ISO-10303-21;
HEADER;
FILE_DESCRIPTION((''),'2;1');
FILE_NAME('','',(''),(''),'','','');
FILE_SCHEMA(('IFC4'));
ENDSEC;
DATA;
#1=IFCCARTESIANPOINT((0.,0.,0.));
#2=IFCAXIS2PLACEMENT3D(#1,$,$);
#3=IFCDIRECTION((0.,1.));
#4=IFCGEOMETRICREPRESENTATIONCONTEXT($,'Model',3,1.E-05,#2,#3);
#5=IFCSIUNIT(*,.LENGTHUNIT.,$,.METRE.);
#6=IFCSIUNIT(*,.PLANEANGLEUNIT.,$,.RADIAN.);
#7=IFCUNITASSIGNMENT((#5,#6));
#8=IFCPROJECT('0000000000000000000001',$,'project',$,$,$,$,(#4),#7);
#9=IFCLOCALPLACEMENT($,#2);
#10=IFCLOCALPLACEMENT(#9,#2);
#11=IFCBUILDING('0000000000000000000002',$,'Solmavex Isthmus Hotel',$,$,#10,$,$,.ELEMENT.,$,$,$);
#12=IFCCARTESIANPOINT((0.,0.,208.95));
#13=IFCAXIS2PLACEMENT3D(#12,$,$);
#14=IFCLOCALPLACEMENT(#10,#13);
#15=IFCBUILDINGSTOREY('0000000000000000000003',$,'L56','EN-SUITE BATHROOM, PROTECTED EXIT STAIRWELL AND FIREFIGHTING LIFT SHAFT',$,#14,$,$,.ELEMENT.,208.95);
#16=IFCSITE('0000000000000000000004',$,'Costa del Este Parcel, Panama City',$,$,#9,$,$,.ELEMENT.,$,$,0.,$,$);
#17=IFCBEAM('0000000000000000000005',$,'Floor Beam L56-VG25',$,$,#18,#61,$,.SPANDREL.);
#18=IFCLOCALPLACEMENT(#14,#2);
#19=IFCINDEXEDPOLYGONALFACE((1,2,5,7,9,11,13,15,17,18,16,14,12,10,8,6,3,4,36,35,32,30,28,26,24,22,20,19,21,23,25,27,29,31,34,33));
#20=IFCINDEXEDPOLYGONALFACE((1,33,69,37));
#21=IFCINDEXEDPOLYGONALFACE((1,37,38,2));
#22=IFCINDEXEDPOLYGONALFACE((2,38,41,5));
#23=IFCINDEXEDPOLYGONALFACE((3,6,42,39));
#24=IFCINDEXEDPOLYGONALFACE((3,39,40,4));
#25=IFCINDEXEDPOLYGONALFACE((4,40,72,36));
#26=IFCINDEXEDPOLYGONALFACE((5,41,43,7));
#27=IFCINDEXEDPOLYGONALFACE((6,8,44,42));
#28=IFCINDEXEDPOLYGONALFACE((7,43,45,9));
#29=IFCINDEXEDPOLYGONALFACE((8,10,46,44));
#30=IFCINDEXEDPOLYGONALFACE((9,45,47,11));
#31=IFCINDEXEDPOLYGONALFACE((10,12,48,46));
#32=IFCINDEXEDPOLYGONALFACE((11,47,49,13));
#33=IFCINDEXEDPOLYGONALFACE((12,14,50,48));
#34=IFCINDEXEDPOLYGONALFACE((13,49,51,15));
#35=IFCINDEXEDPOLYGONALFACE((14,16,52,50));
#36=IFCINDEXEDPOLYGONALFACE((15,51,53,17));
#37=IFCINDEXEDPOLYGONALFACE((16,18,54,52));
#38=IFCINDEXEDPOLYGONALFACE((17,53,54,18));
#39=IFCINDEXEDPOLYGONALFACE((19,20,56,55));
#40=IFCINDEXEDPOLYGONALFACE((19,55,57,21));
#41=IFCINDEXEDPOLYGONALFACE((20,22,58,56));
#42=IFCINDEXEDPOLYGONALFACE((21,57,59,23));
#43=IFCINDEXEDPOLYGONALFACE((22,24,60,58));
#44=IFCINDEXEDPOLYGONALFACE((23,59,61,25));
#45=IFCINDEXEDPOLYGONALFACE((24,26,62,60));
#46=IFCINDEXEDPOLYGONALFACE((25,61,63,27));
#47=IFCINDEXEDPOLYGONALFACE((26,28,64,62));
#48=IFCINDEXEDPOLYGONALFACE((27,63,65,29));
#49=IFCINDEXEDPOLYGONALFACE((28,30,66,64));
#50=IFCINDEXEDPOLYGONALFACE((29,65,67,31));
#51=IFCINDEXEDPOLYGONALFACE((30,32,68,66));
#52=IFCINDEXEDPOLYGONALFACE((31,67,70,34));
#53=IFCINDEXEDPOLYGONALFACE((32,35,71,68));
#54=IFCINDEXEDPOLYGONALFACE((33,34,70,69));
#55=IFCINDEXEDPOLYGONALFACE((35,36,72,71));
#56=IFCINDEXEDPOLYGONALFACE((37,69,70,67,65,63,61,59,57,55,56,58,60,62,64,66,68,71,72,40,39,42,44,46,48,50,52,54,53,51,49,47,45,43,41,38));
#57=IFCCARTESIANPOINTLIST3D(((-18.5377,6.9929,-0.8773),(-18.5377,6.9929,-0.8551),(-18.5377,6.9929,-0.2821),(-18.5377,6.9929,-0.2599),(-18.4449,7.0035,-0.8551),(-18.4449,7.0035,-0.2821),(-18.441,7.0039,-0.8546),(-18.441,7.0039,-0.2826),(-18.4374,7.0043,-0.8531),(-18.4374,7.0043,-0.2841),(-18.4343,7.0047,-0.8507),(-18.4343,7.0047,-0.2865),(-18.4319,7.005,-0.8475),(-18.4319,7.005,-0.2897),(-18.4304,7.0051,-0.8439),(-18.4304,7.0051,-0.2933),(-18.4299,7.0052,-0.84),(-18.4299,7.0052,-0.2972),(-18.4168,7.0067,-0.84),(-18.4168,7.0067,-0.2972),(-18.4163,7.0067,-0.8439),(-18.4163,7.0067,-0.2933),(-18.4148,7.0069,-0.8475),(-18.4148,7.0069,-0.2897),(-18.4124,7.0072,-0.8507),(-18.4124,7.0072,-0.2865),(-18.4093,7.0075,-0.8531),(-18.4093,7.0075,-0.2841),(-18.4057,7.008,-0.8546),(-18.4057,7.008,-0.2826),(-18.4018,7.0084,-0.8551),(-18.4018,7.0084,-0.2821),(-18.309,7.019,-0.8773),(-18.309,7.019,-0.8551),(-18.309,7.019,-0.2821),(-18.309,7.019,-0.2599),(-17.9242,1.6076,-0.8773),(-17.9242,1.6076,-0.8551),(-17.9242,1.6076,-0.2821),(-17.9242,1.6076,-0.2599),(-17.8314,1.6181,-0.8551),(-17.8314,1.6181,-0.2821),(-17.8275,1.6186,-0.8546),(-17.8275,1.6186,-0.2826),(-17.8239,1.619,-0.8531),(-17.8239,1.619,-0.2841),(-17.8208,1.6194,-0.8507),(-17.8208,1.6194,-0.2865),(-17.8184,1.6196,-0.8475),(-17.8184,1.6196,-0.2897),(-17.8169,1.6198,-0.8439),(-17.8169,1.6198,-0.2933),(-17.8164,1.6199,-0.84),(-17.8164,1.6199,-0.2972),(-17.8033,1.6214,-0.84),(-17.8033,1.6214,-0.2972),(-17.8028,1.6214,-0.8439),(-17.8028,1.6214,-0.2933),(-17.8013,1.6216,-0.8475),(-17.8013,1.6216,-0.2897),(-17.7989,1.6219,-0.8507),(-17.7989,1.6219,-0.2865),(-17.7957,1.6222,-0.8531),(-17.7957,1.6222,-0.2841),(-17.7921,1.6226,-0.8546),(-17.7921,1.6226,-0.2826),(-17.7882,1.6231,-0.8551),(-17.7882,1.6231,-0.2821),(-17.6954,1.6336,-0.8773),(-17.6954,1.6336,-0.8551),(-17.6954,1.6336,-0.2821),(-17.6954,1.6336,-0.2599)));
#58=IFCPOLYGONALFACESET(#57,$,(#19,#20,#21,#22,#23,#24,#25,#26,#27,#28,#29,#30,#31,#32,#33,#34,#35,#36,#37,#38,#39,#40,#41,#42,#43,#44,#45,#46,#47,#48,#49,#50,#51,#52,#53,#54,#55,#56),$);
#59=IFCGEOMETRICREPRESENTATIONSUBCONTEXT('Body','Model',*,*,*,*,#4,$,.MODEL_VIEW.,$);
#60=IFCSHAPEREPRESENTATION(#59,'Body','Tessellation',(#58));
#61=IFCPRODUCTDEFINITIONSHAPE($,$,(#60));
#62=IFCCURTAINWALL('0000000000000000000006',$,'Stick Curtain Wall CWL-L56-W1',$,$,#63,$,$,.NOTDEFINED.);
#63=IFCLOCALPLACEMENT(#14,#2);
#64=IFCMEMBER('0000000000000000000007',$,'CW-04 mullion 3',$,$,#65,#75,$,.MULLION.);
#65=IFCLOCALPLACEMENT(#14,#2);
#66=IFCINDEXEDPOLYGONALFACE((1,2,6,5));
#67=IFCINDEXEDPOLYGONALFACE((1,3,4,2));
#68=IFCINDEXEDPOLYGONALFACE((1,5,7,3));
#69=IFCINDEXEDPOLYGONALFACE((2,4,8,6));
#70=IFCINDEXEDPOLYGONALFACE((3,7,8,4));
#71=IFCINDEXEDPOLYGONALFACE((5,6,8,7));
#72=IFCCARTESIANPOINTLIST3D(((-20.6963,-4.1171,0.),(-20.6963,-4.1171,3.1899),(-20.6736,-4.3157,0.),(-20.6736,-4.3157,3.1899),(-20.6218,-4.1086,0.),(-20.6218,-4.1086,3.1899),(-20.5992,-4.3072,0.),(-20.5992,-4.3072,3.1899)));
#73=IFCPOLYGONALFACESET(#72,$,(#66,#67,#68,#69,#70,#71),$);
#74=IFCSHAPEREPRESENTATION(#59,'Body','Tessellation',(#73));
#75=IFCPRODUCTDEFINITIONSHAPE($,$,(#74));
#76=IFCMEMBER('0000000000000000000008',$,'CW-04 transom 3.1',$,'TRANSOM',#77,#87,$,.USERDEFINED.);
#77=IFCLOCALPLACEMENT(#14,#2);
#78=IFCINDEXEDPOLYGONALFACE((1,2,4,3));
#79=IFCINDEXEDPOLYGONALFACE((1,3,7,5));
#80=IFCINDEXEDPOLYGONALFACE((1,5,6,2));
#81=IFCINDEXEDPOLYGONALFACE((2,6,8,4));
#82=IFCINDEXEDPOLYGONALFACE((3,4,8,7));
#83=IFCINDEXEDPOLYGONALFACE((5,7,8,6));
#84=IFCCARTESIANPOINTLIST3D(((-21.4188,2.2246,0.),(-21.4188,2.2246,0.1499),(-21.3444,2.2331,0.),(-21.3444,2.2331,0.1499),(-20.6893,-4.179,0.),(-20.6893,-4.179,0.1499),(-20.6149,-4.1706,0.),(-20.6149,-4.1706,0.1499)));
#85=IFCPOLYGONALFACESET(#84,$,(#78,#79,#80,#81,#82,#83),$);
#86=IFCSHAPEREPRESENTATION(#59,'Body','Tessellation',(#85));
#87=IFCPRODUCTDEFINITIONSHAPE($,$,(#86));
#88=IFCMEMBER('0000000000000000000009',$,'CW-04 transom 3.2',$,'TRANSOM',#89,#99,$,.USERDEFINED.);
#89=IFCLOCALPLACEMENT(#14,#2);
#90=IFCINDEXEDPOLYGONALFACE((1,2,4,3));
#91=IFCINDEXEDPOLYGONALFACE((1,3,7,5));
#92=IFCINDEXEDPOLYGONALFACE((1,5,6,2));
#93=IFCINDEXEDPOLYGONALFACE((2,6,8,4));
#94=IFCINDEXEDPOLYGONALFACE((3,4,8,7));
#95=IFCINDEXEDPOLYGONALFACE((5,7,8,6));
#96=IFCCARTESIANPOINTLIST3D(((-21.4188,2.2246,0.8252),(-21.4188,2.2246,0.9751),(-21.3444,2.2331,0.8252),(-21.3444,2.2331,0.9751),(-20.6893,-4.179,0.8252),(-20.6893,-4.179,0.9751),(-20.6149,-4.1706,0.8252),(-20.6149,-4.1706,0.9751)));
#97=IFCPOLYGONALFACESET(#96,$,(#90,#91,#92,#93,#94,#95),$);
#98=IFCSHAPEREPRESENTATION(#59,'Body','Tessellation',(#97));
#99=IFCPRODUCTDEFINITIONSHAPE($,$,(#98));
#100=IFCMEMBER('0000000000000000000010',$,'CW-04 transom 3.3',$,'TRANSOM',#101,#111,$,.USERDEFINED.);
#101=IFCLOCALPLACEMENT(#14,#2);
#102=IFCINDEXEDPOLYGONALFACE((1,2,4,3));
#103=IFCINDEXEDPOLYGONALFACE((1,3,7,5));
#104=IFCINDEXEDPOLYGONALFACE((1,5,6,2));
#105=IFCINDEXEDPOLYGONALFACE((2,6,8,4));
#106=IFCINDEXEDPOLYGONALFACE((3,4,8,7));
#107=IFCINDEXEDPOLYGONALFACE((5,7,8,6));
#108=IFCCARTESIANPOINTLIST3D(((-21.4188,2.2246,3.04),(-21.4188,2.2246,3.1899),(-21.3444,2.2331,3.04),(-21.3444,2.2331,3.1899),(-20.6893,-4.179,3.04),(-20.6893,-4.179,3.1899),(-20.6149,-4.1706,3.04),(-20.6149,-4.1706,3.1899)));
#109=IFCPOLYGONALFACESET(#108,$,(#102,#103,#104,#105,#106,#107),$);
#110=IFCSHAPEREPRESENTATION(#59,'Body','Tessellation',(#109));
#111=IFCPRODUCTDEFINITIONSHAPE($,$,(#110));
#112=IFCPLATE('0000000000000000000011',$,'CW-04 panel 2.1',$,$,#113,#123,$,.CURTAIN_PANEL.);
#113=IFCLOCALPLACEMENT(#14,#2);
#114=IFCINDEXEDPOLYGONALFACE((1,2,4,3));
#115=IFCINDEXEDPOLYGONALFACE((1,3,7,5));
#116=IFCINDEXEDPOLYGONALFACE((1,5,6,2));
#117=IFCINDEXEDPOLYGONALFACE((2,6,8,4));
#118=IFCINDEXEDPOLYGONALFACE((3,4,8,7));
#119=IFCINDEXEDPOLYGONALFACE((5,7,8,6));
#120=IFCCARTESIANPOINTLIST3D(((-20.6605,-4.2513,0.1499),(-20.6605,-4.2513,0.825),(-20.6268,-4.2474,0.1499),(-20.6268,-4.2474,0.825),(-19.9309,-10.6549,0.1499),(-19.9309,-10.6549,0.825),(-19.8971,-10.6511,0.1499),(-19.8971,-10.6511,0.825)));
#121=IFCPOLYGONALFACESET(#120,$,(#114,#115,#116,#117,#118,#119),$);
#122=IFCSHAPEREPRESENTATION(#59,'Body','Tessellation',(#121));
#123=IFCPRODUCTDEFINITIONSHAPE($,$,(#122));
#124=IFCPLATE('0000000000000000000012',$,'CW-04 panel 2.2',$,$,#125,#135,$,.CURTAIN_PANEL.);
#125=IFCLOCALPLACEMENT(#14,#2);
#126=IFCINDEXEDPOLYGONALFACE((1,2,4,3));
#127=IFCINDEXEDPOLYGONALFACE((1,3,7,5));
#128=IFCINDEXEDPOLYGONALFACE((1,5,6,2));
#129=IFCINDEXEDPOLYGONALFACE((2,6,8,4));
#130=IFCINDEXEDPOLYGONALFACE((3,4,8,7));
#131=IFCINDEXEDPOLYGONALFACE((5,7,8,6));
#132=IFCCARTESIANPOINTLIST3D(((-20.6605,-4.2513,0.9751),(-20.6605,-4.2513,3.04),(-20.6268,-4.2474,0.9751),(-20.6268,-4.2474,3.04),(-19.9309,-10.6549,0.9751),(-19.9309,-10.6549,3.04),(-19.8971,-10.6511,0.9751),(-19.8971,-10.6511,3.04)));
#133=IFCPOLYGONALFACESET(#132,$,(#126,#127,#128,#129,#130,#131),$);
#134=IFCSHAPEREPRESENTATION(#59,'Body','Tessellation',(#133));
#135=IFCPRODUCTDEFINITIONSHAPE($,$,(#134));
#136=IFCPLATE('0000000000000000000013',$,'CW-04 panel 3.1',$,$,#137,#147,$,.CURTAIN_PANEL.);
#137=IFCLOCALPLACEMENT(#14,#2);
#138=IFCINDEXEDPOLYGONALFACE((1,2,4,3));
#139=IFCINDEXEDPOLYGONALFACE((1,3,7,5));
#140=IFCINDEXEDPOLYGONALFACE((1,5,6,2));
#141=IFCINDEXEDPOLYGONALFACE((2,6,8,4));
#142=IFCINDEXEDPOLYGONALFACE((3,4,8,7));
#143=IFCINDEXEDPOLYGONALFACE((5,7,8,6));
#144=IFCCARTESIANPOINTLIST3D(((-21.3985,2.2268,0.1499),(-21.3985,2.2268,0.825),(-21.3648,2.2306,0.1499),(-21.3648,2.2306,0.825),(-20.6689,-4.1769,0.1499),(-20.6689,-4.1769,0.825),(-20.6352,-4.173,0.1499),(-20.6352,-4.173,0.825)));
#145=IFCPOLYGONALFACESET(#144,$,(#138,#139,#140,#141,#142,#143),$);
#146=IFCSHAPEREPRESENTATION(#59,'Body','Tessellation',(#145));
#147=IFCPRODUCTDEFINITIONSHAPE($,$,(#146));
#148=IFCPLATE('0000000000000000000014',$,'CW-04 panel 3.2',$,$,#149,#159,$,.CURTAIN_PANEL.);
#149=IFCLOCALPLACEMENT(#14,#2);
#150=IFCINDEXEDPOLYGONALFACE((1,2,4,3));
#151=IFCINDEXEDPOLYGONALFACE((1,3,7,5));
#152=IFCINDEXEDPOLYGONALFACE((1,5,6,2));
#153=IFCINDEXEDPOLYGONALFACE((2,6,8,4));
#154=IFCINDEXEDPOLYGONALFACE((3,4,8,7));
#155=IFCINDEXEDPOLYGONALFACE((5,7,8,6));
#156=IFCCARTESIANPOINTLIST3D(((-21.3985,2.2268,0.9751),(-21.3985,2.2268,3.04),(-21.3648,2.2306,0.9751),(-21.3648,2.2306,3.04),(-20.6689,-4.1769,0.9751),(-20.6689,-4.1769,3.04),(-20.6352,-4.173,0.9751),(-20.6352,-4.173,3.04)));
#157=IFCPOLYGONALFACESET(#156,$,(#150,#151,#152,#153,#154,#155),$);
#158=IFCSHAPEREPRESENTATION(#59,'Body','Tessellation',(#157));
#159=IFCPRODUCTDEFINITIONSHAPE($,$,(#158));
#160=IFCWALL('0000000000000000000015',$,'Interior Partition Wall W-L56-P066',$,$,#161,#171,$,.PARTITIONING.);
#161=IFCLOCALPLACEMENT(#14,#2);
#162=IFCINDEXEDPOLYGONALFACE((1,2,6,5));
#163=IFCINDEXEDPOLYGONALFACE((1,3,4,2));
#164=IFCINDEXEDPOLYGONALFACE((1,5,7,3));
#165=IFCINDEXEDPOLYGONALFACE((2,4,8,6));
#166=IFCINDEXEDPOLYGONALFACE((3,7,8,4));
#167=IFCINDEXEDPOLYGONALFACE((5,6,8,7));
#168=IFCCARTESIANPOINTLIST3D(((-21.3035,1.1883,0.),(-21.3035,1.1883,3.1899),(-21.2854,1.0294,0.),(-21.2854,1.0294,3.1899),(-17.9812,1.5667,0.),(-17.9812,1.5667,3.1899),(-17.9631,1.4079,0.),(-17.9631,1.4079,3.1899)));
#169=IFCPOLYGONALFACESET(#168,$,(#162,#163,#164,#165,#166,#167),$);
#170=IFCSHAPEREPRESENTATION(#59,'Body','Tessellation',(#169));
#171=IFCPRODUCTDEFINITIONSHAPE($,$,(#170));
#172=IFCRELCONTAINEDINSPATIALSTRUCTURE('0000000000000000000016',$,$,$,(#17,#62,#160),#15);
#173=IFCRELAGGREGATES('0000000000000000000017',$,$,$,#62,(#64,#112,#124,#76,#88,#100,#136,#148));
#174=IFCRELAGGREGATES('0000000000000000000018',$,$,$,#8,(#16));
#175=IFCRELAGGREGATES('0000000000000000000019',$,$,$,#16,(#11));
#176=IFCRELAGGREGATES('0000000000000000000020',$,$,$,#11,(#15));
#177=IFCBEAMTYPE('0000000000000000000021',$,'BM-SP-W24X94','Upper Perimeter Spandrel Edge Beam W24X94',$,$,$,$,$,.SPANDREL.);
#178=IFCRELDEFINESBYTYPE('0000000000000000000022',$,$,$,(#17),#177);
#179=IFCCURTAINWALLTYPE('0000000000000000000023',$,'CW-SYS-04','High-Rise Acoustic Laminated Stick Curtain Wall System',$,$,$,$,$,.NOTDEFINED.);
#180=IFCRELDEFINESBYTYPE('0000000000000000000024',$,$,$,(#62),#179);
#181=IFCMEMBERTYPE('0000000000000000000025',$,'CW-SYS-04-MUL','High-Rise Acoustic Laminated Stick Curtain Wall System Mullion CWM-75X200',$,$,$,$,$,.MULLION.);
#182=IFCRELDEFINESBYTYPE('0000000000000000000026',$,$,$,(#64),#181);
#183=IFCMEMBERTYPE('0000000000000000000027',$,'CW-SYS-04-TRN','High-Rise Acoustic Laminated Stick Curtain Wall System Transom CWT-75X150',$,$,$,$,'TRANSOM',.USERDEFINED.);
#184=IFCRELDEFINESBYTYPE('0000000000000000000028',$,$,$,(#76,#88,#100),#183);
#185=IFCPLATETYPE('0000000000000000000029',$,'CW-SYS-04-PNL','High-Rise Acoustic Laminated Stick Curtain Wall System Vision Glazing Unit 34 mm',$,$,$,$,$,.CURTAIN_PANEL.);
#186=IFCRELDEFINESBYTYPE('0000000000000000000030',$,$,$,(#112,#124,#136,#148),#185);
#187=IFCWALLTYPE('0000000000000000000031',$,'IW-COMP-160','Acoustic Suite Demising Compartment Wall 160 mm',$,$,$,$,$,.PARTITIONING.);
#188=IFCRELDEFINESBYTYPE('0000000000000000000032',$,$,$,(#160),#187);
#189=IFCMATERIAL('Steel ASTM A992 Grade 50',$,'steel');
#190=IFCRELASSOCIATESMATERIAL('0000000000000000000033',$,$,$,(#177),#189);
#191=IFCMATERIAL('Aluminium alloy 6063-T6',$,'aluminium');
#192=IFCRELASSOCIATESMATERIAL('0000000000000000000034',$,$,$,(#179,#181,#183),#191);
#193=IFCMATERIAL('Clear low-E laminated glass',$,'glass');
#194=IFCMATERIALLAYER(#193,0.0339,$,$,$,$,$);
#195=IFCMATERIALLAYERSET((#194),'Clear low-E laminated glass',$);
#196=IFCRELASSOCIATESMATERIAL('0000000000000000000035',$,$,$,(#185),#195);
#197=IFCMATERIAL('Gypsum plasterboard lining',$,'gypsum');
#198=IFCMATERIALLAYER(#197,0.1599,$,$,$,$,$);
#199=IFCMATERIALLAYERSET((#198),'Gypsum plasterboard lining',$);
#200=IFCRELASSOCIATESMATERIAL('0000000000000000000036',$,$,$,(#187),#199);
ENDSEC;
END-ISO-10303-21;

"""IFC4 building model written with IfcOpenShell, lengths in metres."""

from ifc_helpers import new_model, si_unit, direction, frame, frame_2d, origin, origin_2d, place, context, subcontext, project, spatial, rectangle, i_section, extrude, material, layer, layer_set, material_profile, profile_set, type_object, element, aggregate, save


model = new_model("IFC4")

# Units and contexts
model_context = context("Model", 3, precision=1e-05, world=origin(), true_north=direction((0.0, 1.0)))
body_context = subcontext(model_context, "Body", "Model", "MODEL_VIEW")
ifc_project = project(units=[si_unit("LENGTHUNIT", "METRE"), si_unit("PLANEANGLEUNIT", "RADIAN")], contexts=[model_context])

# Site, building, storey
site_placement = place(None, origin())
site = spatial("IfcSite", under=ifc_project, at=site_placement, Name="Costa del Este Parcel, Panama City", CompositionType="ELEMENT", RefElevation=0.0)
building_placement = place(site_placement, origin())
building = spatial("IfcBuilding", under=site, at=building_placement, Name="Solmavex Isthmus Hotel", CompositionType="ELEMENT")
storey_placement = place(building_placement, frame((0.0, 0.0, 208.95)))
storey = spatial("IfcBuildingStorey", under=building, at=storey_placement, Name="L56", Description="EN-SUITE BATHROOM, PROTECTED EXIT STAIRWELL AND FIREFIGHTING LIFT SHAFT", CompositionType="ELEMENT", Elevation=208.95)

# Beam
ifc_material_1 = material(Name="Steel ASTM A992 Grade 50", Category="steel")
ifc_material_profile_1 = material_profile(ifc_material_1, i_section(OverallWidth=0.2302, OverallDepth=0.6174, WebThickness=0.0132, FlangeThickness=0.0222, FilletRadius=0.0151, at=origin_2d()), Name="W24X94")
ifc_profile_set_1 = profile_set([ifc_material_profile_1], Name="Steel ASTM A992 Grade 50")
beam_type_1 = type_object("IfcBeamType", Name="BM-SP-W24X94", Description="Upper Perimeter Spandrel Edge Beam W24X94", PredefinedType="SPANDREL", material=ifc_profile_set_1)
beam_1_placement = place(storey_placement, frame((-17.8098, 1.6206, -0.5686), z_axis=(-0.113195, 0.993573, 0.0), x_axis=(-0.993573, -0.113195, 0.0)))
element("IfcBeam", 1, at=beam_1_placement, inside=storey, type_object=beam_type_1, Name="Floor Beam L56-VG25", PredefinedType="SPANDREL", context=body_context, shape_type="SweptSolid", body=[
    extrude(i_section(OverallWidth=0.2302, OverallDepth=0.6174, WebThickness=0.0132, FlangeThickness=0.0222, FilletRadius=0.0151, at=origin_2d()), origin(), (0.0, 0.0, 1.0), 5.4202),
])

# Curtain wall, members, plates
ifc_material_2 = material(Name="Aluminium alloy 6063-T6", Category="aluminium")
curtain_wall_type = type_object("IfcCurtainWallType", Name="CW-SYS-04", Description="High-Rise Acoustic Laminated Stick Curtain Wall System", PredefinedType="NOTDEFINED", material=ifc_material_2)
curtain_wall_placement = place(storey_placement, origin())
curtain_wall = element("IfcCurtainWall", 2, at=curtain_wall_placement, inside=storey, type_object=curtain_wall_type, Name="Stick Curtain Wall CWL-L56-W1", PredefinedType="NOTDEFINED")
ifc_material_profile_2 = material_profile(ifc_material_2, rectangle(XDim=0.075, YDim=0.2, at=origin_2d()), Name="CWM-75X200")
ifc_profile_set_2 = profile_set([ifc_material_profile_2], Name="Aluminium alloy 6063-T6")
member_type_1 = type_object("IfcMemberType", Name="CW-SYS-04-MUL", Description="High-Rise Acoustic Laminated Stick Curtain Wall System Mullion CWM-75X200", PredefinedType="MULLION", material=ifc_profile_set_2)
member_1_placement = place(storey_placement, frame((-20.6477, -4.2122, 0.0), z_axis=(0.0, 0.0, 1.0), x_axis=(-0.993572, -0.113203, 0.0)))
member_1 = element("IfcMember", 3, at=member_1_placement, type_object=member_type_1, Name="CW-04 mullion 3", PredefinedType="MULLION", context=body_context, shape_type="SweptSolid", body=[
    extrude(rectangle(XDim=0.075, YDim=0.2, at=origin_2d()), origin(), (0.0, 0.0, 1.0), 3.1899),
])
ifc_material_profile_3 = material_profile(ifc_material_2, rectangle(XDim=0.075, YDim=0.1499, at=origin_2d()), Name="CWT-75X150")
ifc_profile_set_3 = profile_set([ifc_material_profile_3], Name="Aluminium alloy 6063-T6")
member_type_2 = type_object("IfcMemberType", Name="CW-SYS-04-TRN", Description="High-Rise Acoustic Laminated Stick Curtain Wall System Transom CWT-75X150", ElementType="TRANSOM", PredefinedType="USERDEFINED", material=ifc_profile_set_3)
member_2_placement = place(storey_placement, frame((-20.6521, -4.1748, 0.075), z_axis=(-0.113188, 0.993574, 0.0), x_axis=(-0.993574, -0.113188, 0.0)))
member_2 = element("IfcMember", 4, at=member_2_placement, type_object=member_type_2, Name="CW-04 transom 3.1", ObjectType="TRANSOM", PredefinedType="USERDEFINED", context=body_context, shape_type="SweptSolid", body=[
    extrude(rectangle(XDim=0.075, YDim=0.1499, at=origin_2d()), origin(), (0.0, 0.0, 1.0), 6.4451),
])
member_3_placement = place(storey_placement, frame((-20.6521, -4.1748, 0.9001), z_axis=(-0.113188, 0.993574, 0.0), x_axis=(-0.993574, -0.113188, 0.0)))
member_3 = element("IfcMember", 5, at=member_3_placement, type_object=member_type_2, Name="CW-04 transom 3.2", ObjectType="TRANSOM", PredefinedType="USERDEFINED", context=body_context, shape_type="SweptSolid", body=[
    extrude(rectangle(XDim=0.075, YDim=0.1499, at=origin_2d()), origin(), (0.0, 0.0, 1.0), 6.4451),
])
member_4_placement = place(storey_placement, frame((-20.6521, -4.1748, 3.115), z_axis=(-0.113188, 0.993574, 0.0), x_axis=(-0.993574, -0.113188, 0.0)))
member_4 = element("IfcMember", 6, at=member_4_placement, type_object=member_type_2, Name="CW-04 transom 3.3", ObjectType="TRANSOM", PredefinedType="USERDEFINED", context=body_context, shape_type="SweptSolid", body=[
    extrude(rectangle(XDim=0.075, YDim=0.1499, at=origin_2d()), origin(), (0.0, 0.0, 1.0), 6.4451),
])
ifc_material_3 = material(Name="Clear low-E laminated glass", Category="glass")
ifc_layer_1 = layer(ifc_material_3, 0.0339)
ifc_layer_set_1 = layer_set([ifc_layer_1], Name="Clear low-E laminated glass")
plate_type = type_object("IfcPlateType", Name="CW-SYS-04-PNL", Description="High-Rise Acoustic Laminated Stick Curtain Wall System Vision Glazing Unit 34 mm", PredefinedType="CURTAIN_PANEL", material=ifc_layer_set_1)
plate_1_placement = place(storey_placement, frame((-20.2788, -7.4512, 0.1499), z_axis=(0.0, 0.0, 1.0), x_axis=(-0.113203, 0.993572, 0.0)))
plate_1 = element("IfcPlate", 7, at=plate_1_placement, type_object=plate_type, Name="CW-04 panel 2.1", PredefinedType="CURTAIN_PANEL", context=body_context, shape_type="SweptSolid", body=[
    extrude(rectangle(XDim=6.4451, YDim=0.0339, at=origin_2d()), origin(), (0.0, 0.0, 1.0), 0.675),
])
plate_2_placement = place(storey_placement, frame((-20.2788, -7.4512, 0.9751), z_axis=(0.0, 0.0, 1.0), x_axis=(-0.113203, 0.993572, 0.0)))
plate_2 = element("IfcPlate", 8, at=plate_2_placement, type_object=plate_type, Name="CW-04 panel 2.2", PredefinedType="CURTAIN_PANEL", context=body_context, shape_type="SweptSolid", body=[
    extrude(rectangle(XDim=6.4451, YDim=0.0339, at=origin_2d()), origin(), (0.0, 0.0, 1.0), 2.0649),
])
plate_3_placement = place(storey_placement, frame((-21.0168, -0.9731, 0.1499), z_axis=(0.0, 0.0, 1.0), x_axis=(-0.113203, 0.993572, 0.0)))
plate_3 = element("IfcPlate", 9, at=plate_3_placement, type_object=plate_type, Name="CW-04 panel 3.1", PredefinedType="CURTAIN_PANEL", context=body_context, shape_type="SweptSolid", body=[
    extrude(rectangle(XDim=6.4451, YDim=0.0339, at=origin_2d()), origin(), (0.0, 0.0, 1.0), 0.675),
])
plate_4_placement = place(storey_placement, frame((-21.0168, -0.9731, 0.9751), z_axis=(0.0, 0.0, 1.0), x_axis=(-0.113203, 0.993572, 0.0)))
plate_4 = element("IfcPlate", 10, at=plate_4_placement, type_object=plate_type, Name="CW-04 panel 3.2", PredefinedType="CURTAIN_PANEL", context=body_context, shape_type="SweptSolid", body=[
    extrude(rectangle(XDim=6.4451, YDim=0.0339, at=origin_2d()), origin(), (0.0, 0.0, 1.0), 2.0649),
])
aggregate(curtain_wall, [member_1, plate_1, plate_2, member_2, member_3, member_4, plate_3, plate_4])

# Wall
ifc_material_4 = material(Name="Gypsum plasterboard lining", Category="gypsum")
ifc_layer_2 = layer(ifc_material_4, 0.1599)
ifc_layer_set_2 = layer_set([ifc_layer_2], Name="Gypsum plasterboard lining")
wall_type_1 = type_object("IfcWallType", Name="IW-COMP-160", Description="Acoustic Suite Demising Compartment Wall 160 mm", PredefinedType="PARTITIONING", material=ifc_layer_set_2)
wall_1_placement = place(storey_placement, frame((-17.9722, 1.4873, 0.0), z_axis=(0.0, 0.0, 1.0), x_axis=(-0.993575, -0.113172, 0.0)))
element("IfcWall", 11, at=wall_1_placement, inside=storey, type_object=wall_type_1, Name="Interior Partition Wall W-L56-P066", PredefinedType="PARTITIONING", context=body_context, shape_type="SweptSolid", body=[
    extrude(rectangle(XDim=3.3438, YDim=0.1599, at=frame_2d((1.6719, 0.0))), origin(), (0.0, 0.0, 1.0), 3.1899),
])

save(model, "model.ifc")
